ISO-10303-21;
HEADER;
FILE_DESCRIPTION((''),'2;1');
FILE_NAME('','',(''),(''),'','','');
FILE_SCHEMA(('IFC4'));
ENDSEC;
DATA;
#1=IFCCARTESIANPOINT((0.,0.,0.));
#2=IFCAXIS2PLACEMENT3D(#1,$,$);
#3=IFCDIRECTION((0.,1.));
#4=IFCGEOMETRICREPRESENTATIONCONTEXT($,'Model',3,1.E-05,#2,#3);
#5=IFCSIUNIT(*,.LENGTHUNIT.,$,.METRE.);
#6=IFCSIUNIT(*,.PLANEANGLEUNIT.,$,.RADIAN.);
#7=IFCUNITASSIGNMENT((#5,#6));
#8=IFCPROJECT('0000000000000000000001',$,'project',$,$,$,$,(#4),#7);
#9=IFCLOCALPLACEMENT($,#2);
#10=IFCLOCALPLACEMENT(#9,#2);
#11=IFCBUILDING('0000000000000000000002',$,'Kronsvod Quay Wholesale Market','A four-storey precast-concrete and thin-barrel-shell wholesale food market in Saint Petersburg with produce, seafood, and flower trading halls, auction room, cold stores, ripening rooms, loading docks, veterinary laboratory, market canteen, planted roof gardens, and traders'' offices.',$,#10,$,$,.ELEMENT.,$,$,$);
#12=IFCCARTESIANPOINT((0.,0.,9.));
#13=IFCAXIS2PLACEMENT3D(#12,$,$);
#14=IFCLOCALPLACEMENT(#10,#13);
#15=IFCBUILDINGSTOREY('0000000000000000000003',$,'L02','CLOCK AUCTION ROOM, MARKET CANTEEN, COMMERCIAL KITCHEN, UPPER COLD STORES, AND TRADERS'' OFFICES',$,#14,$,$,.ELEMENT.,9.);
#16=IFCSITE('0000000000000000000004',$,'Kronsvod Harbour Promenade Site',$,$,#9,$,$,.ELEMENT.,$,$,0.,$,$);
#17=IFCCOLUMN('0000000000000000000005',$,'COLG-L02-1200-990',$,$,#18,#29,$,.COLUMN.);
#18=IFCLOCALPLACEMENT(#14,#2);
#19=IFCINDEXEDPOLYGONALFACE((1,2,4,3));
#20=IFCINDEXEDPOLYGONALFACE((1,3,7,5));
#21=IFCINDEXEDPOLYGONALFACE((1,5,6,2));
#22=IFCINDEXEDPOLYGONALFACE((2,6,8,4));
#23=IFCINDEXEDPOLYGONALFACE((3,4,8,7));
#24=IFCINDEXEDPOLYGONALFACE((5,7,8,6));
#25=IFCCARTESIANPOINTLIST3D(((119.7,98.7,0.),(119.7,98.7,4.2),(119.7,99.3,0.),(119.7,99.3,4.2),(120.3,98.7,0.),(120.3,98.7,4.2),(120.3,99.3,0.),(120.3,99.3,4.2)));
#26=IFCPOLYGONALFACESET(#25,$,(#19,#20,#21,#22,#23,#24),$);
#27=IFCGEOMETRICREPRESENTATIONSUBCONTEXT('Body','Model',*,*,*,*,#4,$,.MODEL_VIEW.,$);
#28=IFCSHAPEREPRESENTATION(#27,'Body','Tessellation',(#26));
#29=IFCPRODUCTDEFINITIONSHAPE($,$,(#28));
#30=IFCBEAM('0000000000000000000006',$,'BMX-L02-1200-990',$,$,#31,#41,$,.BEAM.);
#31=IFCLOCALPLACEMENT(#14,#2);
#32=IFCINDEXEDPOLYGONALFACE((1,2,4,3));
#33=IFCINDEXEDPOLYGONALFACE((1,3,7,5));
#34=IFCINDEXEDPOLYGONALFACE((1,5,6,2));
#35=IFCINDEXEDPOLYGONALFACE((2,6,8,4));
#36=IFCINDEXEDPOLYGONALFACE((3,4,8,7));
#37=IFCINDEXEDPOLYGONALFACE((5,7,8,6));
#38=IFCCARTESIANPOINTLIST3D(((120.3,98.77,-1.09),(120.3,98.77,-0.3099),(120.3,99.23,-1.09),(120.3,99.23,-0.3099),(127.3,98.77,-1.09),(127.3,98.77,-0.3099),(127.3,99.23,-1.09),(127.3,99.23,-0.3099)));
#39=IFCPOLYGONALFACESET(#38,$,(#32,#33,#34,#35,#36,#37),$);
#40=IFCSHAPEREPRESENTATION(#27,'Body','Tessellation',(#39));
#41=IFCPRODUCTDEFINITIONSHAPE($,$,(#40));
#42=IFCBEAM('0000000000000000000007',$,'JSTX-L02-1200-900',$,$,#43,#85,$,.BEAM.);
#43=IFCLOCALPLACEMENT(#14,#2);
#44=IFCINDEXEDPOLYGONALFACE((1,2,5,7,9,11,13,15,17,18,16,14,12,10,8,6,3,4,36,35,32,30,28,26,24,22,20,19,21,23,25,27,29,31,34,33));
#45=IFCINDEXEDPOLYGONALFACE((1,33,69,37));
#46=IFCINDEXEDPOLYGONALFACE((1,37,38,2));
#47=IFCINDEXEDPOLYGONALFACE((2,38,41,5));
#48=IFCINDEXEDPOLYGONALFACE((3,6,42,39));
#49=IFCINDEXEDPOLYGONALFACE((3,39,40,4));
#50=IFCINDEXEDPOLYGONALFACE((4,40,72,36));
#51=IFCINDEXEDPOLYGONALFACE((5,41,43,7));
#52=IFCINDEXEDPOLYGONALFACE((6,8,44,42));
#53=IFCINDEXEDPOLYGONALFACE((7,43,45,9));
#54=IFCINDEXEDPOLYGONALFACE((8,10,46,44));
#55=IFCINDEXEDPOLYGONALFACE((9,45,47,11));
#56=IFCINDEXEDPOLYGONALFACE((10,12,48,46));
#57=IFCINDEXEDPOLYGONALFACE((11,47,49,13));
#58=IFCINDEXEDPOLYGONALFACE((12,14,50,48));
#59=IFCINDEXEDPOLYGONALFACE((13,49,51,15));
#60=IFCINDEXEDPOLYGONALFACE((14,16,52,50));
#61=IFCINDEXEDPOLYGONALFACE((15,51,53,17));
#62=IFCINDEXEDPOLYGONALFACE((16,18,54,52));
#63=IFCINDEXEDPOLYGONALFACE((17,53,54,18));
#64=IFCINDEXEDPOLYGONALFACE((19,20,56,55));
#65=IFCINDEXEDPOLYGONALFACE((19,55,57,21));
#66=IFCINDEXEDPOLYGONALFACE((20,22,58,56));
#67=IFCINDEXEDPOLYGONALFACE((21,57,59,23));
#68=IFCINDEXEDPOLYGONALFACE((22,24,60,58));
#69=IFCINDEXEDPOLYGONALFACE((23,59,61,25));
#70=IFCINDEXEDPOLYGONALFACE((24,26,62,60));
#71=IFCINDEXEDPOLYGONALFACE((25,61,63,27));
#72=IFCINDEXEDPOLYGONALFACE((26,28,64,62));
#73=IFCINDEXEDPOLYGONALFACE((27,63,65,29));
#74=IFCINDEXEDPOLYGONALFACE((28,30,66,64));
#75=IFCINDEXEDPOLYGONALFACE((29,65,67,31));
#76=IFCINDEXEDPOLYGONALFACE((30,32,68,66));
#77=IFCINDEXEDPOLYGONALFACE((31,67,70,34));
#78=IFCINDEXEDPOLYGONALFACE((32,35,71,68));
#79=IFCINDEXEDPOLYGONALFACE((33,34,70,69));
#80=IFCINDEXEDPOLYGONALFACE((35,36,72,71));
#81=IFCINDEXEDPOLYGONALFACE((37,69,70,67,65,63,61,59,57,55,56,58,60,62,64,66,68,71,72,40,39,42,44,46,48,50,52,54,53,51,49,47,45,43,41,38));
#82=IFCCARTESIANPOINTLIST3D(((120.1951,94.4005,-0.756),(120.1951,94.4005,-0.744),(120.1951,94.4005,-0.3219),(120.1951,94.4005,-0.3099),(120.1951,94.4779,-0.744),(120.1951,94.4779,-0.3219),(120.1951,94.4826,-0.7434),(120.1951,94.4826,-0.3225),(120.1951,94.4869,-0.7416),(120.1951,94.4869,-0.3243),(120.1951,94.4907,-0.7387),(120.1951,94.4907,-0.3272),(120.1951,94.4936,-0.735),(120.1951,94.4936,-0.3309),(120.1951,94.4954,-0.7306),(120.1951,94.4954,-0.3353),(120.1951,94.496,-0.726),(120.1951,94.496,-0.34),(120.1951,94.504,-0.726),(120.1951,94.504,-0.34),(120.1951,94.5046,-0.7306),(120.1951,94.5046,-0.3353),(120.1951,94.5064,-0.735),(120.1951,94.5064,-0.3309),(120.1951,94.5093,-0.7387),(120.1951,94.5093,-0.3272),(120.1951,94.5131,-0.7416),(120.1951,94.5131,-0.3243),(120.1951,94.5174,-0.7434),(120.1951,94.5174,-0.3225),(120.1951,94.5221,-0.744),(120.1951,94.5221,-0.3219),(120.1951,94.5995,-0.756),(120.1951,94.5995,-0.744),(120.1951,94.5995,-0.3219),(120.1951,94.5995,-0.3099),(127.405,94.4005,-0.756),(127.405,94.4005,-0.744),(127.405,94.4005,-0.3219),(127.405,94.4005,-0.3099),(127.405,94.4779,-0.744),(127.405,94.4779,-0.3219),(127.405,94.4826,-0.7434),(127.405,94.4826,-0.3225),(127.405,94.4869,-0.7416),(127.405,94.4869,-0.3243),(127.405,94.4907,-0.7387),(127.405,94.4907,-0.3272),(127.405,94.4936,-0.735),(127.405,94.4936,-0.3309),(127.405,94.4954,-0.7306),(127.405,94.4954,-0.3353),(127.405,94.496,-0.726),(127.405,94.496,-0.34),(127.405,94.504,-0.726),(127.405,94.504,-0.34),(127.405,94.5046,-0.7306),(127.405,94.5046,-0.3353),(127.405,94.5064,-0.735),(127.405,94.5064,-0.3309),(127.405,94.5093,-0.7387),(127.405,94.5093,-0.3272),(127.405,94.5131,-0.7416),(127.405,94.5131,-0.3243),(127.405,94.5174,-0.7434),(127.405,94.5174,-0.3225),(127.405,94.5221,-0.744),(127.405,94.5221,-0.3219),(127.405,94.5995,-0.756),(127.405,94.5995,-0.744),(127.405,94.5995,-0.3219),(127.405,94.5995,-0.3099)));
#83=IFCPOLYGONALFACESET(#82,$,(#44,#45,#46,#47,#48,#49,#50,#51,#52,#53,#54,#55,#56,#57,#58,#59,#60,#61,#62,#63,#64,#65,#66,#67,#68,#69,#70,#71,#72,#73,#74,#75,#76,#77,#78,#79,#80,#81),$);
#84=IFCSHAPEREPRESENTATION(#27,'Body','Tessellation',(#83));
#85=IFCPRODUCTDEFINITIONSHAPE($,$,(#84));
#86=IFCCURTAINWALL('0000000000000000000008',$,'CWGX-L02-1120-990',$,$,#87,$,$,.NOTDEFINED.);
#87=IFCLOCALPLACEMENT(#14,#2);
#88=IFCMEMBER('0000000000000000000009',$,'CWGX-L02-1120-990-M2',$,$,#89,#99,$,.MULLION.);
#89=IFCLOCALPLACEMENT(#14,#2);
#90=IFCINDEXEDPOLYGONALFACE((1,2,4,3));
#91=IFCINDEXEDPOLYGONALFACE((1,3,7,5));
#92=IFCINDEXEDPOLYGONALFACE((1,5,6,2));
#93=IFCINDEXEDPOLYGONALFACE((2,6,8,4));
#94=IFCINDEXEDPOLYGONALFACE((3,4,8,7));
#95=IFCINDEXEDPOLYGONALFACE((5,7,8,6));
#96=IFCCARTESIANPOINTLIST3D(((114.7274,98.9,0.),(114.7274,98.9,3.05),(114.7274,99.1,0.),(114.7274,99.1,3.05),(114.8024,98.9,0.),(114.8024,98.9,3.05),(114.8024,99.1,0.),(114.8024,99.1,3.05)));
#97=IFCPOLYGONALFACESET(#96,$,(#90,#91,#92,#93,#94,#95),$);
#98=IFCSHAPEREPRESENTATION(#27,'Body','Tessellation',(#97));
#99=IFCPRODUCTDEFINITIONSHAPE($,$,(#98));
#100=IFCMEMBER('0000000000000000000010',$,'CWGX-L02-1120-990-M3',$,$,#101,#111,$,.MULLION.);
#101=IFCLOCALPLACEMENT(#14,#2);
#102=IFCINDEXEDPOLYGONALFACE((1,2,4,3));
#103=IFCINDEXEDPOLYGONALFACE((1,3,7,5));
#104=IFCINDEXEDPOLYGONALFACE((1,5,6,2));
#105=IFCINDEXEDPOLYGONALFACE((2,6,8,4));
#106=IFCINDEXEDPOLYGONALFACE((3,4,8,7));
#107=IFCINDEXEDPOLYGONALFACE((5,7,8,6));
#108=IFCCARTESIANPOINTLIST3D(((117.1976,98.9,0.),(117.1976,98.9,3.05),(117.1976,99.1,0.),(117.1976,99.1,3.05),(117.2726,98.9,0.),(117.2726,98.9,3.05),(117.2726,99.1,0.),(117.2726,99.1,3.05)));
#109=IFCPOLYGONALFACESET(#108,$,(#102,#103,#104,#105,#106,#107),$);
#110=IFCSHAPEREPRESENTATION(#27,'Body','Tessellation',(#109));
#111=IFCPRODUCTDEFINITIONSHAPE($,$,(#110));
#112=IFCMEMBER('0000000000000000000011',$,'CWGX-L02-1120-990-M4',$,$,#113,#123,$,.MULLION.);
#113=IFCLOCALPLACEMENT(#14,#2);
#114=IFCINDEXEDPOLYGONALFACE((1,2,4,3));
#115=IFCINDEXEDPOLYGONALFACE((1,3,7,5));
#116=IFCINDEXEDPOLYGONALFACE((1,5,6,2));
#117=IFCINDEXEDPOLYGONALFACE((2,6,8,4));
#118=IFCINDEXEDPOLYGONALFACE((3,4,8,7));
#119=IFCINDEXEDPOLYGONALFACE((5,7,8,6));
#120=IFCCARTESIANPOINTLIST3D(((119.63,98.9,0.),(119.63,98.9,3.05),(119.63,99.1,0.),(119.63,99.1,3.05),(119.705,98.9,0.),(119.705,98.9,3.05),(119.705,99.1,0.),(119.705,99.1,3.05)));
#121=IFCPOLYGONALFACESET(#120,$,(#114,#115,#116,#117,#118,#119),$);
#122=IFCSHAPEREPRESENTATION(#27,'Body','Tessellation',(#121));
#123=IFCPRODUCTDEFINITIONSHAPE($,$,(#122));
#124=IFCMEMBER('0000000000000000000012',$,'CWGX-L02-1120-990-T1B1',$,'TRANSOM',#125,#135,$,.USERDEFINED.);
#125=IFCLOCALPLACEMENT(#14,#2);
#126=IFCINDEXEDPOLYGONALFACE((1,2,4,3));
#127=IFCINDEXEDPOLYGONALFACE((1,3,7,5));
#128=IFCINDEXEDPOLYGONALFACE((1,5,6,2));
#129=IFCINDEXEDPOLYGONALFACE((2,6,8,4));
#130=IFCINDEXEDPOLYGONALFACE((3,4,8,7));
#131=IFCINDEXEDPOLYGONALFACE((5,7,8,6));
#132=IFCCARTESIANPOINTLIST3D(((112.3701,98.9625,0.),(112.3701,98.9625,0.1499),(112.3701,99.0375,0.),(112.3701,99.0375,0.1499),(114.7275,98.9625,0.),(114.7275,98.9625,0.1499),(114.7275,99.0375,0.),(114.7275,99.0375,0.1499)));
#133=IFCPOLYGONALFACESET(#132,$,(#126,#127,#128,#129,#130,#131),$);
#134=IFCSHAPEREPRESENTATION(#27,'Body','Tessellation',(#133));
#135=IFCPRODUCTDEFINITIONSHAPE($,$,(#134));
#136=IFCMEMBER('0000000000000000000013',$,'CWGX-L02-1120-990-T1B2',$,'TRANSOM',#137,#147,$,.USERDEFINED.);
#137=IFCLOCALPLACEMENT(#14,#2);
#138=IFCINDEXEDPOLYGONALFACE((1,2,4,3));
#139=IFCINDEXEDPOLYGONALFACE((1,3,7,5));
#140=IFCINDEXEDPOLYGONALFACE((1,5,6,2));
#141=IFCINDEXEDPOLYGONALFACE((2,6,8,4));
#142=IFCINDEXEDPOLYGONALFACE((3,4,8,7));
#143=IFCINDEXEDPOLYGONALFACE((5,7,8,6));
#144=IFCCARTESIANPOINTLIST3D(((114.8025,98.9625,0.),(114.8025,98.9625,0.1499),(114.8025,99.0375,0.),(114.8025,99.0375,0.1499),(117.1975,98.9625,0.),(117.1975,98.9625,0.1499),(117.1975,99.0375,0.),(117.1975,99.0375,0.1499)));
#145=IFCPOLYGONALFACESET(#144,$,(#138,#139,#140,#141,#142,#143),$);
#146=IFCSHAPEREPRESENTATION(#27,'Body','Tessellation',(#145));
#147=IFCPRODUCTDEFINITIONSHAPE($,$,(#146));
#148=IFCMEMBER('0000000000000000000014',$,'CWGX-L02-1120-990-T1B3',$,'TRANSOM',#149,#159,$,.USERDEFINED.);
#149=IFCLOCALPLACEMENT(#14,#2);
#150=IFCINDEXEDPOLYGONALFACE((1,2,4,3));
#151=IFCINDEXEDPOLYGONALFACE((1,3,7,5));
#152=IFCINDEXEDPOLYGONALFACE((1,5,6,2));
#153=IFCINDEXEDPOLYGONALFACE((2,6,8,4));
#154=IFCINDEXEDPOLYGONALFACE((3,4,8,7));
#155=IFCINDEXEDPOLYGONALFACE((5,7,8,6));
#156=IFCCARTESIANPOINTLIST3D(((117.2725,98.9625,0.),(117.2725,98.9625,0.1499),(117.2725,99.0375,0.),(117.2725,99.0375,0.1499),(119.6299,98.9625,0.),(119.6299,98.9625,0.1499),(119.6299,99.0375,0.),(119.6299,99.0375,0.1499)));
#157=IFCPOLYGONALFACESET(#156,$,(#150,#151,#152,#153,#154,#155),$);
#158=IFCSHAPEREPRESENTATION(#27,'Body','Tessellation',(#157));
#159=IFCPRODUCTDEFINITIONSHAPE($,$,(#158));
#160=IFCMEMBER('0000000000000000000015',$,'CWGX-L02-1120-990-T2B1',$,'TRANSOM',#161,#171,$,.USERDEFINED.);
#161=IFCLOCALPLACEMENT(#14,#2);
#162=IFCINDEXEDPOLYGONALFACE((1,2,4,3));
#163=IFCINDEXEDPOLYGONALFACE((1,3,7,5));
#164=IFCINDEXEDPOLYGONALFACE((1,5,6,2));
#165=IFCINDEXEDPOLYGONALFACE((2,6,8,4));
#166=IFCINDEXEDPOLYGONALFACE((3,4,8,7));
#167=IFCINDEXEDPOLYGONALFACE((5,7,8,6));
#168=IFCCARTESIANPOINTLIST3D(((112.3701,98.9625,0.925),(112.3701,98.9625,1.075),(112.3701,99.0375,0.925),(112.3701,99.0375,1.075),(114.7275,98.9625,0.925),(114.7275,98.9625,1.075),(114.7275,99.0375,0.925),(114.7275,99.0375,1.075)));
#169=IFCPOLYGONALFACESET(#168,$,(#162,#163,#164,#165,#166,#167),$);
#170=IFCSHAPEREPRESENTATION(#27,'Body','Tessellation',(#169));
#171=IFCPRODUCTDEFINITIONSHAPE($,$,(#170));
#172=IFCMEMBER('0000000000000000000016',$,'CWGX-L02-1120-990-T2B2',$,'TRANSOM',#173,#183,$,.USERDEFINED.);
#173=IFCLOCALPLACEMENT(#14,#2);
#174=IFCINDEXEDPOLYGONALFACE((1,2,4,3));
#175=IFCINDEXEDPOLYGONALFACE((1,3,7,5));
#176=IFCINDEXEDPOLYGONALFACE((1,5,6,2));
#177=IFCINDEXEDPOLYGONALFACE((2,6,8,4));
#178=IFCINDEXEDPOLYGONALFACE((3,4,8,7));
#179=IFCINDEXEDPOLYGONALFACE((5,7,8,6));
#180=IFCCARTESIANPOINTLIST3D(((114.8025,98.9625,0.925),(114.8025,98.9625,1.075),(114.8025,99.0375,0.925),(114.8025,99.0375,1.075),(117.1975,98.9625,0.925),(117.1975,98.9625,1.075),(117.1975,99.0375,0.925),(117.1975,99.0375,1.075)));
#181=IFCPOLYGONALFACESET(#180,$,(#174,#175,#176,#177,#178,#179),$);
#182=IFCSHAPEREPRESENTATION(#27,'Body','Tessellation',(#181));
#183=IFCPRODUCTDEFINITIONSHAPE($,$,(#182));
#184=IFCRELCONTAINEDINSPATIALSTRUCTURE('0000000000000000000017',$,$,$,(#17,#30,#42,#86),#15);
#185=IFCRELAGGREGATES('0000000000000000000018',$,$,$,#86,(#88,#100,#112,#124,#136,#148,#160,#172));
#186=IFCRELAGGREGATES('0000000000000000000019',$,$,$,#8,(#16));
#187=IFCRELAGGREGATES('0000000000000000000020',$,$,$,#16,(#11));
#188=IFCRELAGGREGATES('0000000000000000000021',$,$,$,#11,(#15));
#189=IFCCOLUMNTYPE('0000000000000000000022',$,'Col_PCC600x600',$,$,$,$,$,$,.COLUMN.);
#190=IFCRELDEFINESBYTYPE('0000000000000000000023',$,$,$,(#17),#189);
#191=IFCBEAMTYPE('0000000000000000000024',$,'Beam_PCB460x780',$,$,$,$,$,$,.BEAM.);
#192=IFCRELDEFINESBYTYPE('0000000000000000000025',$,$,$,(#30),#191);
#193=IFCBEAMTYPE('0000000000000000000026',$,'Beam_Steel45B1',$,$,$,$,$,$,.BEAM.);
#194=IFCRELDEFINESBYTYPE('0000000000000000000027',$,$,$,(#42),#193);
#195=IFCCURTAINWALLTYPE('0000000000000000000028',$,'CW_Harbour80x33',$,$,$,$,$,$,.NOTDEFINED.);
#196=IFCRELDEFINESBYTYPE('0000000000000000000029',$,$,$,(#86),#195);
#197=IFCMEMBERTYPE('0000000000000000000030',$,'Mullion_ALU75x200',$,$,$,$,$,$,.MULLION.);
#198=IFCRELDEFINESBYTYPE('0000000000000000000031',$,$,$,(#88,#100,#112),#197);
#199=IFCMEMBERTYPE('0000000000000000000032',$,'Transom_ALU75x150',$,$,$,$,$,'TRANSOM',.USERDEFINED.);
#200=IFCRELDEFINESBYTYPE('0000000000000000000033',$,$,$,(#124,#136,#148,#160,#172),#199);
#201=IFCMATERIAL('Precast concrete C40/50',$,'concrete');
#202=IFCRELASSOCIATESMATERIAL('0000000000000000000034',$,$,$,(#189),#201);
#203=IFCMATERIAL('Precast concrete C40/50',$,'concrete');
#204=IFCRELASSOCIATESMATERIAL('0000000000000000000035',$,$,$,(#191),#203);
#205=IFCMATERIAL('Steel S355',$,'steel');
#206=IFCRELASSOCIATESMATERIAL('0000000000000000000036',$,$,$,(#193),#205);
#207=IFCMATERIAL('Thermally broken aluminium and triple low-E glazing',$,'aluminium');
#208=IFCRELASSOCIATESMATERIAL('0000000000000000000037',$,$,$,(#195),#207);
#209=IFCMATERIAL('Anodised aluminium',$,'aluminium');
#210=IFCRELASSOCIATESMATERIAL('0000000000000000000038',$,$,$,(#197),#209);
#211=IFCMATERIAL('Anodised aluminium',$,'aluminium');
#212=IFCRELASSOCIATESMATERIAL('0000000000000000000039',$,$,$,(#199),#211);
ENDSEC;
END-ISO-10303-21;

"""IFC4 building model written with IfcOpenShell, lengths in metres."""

from ifc_helpers import new_model, si_unit, direction, frame, origin, origin_2d, place, context, subcontext, project, spatial, rectangle, i_section, extrude, material, material_profile, profile_set, type_object, element, aggregate, save


model = new_model("IFC4")

# Units and contexts
model_context = context("Model", 3, precision=1e-05, world=origin(), true_north=direction((0.0, 1.0)))
body_context = subcontext(model_context, "Body", "Model", "MODEL_VIEW")
ifc_project = project(units=[si_unit("LENGTHUNIT", "METRE"), si_unit("PLANEANGLEUNIT", "RADIAN")], contexts=[model_context])

# Site, building, storey
site_placement = place(None, origin())
site = spatial("IfcSite", under=ifc_project, at=site_placement, Name="Kronsvod Harbour Promenade Site", CompositionType="ELEMENT", RefElevation=0.0)
building_placement = place(site_placement, origin())
building = spatial("IfcBuilding", under=site, at=building_placement, Name="Kronsvod Quay Wholesale Market", Description="A four-storey precast-concrete and thin-barrel-shell wholesale food market in Saint Petersburg with produce, seafood, and flower trading halls, auction room, cold stores, ripening rooms, loading docks, veterinary laboratory, market canteen, planted roof gardens, and traders' offices.", CompositionType="ELEMENT")
storey_placement = place(building_placement, frame((0.0, 0.0, 9.0)))
storey = spatial("IfcBuildingStorey", under=building, at=storey_placement, Name="L02", Description="CLOCK AUCTION ROOM, MARKET CANTEEN, COMMERCIAL KITCHEN, UPPER COLD STORES, AND TRADERS' OFFICES", CompositionType="ELEMENT", Elevation=9.0)

# Column
ifc_material_1 = material(Name="Precast concrete C40/50", Category="concrete")
ifc_material_profile_1 = material_profile(ifc_material_1, rectangle(XDim=0.6001, YDim=0.6001, at=origin_2d()), Name="PCC600x600")
ifc_profile_set_1 = profile_set([ifc_material_profile_1], Name="Precast concrete C40/50")
column_type = type_object("IfcColumnType", Name="Col_PCC600x600", PredefinedType="COLUMN", material=ifc_profile_set_1)
column_placement = place(storey_placement, frame((120.0, 99.0, 0.0), z_axis=(0.0, 0.0, 1.0), x_axis=(1.0, 0.0, 0.0)))
element("IfcColumn", 1, at=column_placement, inside=storey, type_object=column_type, Name="COLG-L02-1200-990", PredefinedType="COLUMN", context=body_context, shape_type="SweptSolid", body=[
    extrude(rectangle(XDim=0.6001, YDim=0.6001, at=origin_2d()), origin(), (0.0, 0.0, 1.0), 4.2),
])

# Beams
ifc_material_2 = material(Name="Precast concrete C40/50", Category="concrete")
ifc_material_profile_2 = material_profile(ifc_material_2, rectangle(XDim=0.46, YDim=0.78, at=origin_2d()), Name="PB-03")
ifc_profile_set_2 = profile_set([ifc_material_profile_2], Name="Precast concrete C40/50")
beam_type_1 = type_object("IfcBeamType", Name="Beam_PCB460x780", PredefinedType="BEAM", material=ifc_profile_set_2)
beam_1_placement = place(storey_placement, frame((120.3, 99.0, -0.7), z_axis=(1.0, 0.0, 0.0), x_axis=(0.0, 1.0, 0.0)))
element("IfcBeam", 2, at=beam_1_placement, inside=storey, type_object=beam_type_1, Name="BMX-L02-1200-990", PredefinedType="BEAM", context=body_context, shape_type="SweptSolid", body=[
    extrude(rectangle(XDim=0.46, YDim=0.78, at=origin_2d()), origin(), (0.0, 0.0, 1.0), 7.0),
])
ifc_material_3 = material(Name="Steel S355", Category="steel")
ifc_material_profile_3 = material_profile(ifc_material_3, i_section(OverallWidth=0.199, OverallDepth=0.446, WebThickness=0.0081, FlangeThickness=0.012, FilletRadius=0.0181, at=origin_2d()), Name="45B1")
ifc_profile_set_3 = profile_set([ifc_material_profile_3], Name="Steel S355")
beam_type_2 = type_object("IfcBeamType", Name="Beam_Steel45B1", PredefinedType="BEAM", material=ifc_profile_set_3)
beam_2_placement = place(storey_placement, frame((120.1951, 94.5, -0.533), z_axis=(1.0, 0.0, 0.0), x_axis=(0.0, 1.0, 0.0)))
element("IfcBeam", 3, at=beam_2_placement, inside=storey, type_object=beam_type_2, Name="JSTX-L02-1200-900", PredefinedType="BEAM", context=body_context, shape_type="SweptSolid", body=[
    extrude(i_section(OverallWidth=0.199, OverallDepth=0.446, WebThickness=0.0081, FlangeThickness=0.012, FilletRadius=0.0181, at=origin_2d()), origin(), (0.0, 0.0, 1.0), 7.21),
])

# Curtain wall, members
ifc_material_4 = material(Name="Thermally broken aluminium and triple low-E glazing", Category="aluminium")
curtain_wall_type = type_object("IfcCurtainWallType", Name="CW_Harbour80x33", PredefinedType="NOTDEFINED", material=ifc_material_4)
curtain_wall_placement = place(storey_placement, origin())
curtain_wall = element("IfcCurtainWall", 4, at=curtain_wall_placement, inside=storey, type_object=curtain_wall_type, Name="CWGX-L02-1120-990", PredefinedType="NOTDEFINED")
ifc_material_5 = material(Name="Anodised aluminium", Category="aluminium")
ifc_material_profile_4 = material_profile(ifc_material_5, rectangle(XDim=0.075, YDim=0.2, at=origin_2d()), Name="ALUM75x200")
ifc_profile_set_4 = profile_set([ifc_material_profile_4], Name="Anodised aluminium")
member_type_1 = type_object("IfcMemberType", Name="Mullion_ALU75x200", PredefinedType="MULLION", material=ifc_profile_set_4)
member_1_placement = place(storey_placement, frame((114.7649, 99.0, 0.0), z_axis=(0.0, 0.0, 1.0), x_axis=(1.0, 0.0, 0.0)))
member_1 = element("IfcMember", 5, at=member_1_placement, type_object=member_type_1, Name="CWGX-L02-1120-990-M2", PredefinedType="MULLION", context=body_context, shape_type="SweptSolid", body=[
    extrude(rectangle(XDim=0.075, YDim=0.2, at=origin_2d()), origin(), (0.0, 0.0, 1.0), 3.05),
])
member_2_placement = place(storey_placement, frame((117.2351, 99.0, 0.0), z_axis=(0.0, 0.0, 1.0), x_axis=(1.0, 0.0, 0.0)))
member_2 = element("IfcMember", 6, at=member_2_placement, type_object=member_type_1, Name="CWGX-L02-1120-990-M3", PredefinedType="MULLION", context=body_context, shape_type="SweptSolid", body=[
    extrude(rectangle(XDim=0.075, YDim=0.2, at=origin_2d()), origin(), (0.0, 0.0, 1.0), 3.05),
])
member_3_placement = place(storey_placement, frame((119.6675, 99.0, 0.0), z_axis=(0.0, 0.0, 1.0), x_axis=(1.0, 0.0, 0.0)))
member_3 = element("IfcMember", 7, at=member_3_placement, type_object=member_type_1, Name="CWGX-L02-1120-990-M4", PredefinedType="MULLION", context=body_context, shape_type="SweptSolid", body=[
    extrude(rectangle(XDim=0.075, YDim=0.2, at=origin_2d()), origin(), (0.0, 0.0, 1.0), 3.05),
])
ifc_material_6 = material(Name="Anodised aluminium", Category="aluminium")
ifc_material_profile_5 = material_profile(ifc_material_6, rectangle(XDim=0.075, YDim=0.1499, at=origin_2d()), Name="ALUT75x150")
ifc_profile_set_5 = profile_set([ifc_material_profile_5], Name="Anodised aluminium")
member_type_2 = type_object("IfcMemberType", Name="Transom_ALU75x150", ElementType="TRANSOM", PredefinedType="USERDEFINED", material=ifc_profile_set_5)
member_4_placement = place(storey_placement, frame((112.3701, 99.0, 0.075), z_axis=(1.0, 0.0, 0.0), x_axis=(0.0, 1.0, 0.0)))
member_4 = element("IfcMember", 8, at=member_4_placement, type_object=member_type_2, Name="CWGX-L02-1120-990-T1B1", ObjectType="TRANSOM", PredefinedType="USERDEFINED", context=body_context, shape_type="SweptSolid", body=[
    extrude(rectangle(XDim=0.075, YDim=0.1499, at=origin_2d()), origin(), (0.0, 0.0, 1.0), 2.3574),
])
member_5_placement = place(storey_placement, frame((114.8025, 99.0, 0.075), z_axis=(1.0, 0.0, 0.0), x_axis=(0.0, 1.0, 0.0)))
member_5 = element("IfcMember", 9, at=member_5_placement, type_object=member_type_2, Name="CWGX-L02-1120-990-T1B2", ObjectType="TRANSOM", PredefinedType="USERDEFINED", context=body_context, shape_type="SweptSolid", body=[
    extrude(rectangle(XDim=0.075, YDim=0.1499, at=origin_2d()), origin(), (0.0, 0.0, 1.0), 2.395),
])
member_6_placement = place(storey_placement, frame((117.2725, 99.0, 0.075), z_axis=(1.0, 0.0, 0.0), x_axis=(0.0, 1.0, 0.0)))
member_6 = element("IfcMember", 10, at=member_6_placement, type_object=member_type_2, Name="CWGX-L02-1120-990-T1B3", ObjectType="TRANSOM", PredefinedType="USERDEFINED", context=body_context, shape_type="SweptSolid", body=[
    extrude(rectangle(XDim=0.075, YDim=0.1499, at=origin_2d()), origin(), (0.0, 0.0, 1.0), 2.3574),
])
member_7_placement = place(storey_placement, frame((112.3701, 99.0, 1.0), z_axis=(1.0, 0.0, 0.0), x_axis=(0.0, 1.0, 0.0)))
member_7 = element("IfcMember", 11, at=member_7_placement, type_object=member_type_2, Name="CWGX-L02-1120-990-T2B1", ObjectType="TRANSOM", PredefinedType="USERDEFINED", context=body_context, shape_type="SweptSolid", body=[
    extrude(rectangle(XDim=0.075, YDim=0.1499, at=origin_2d()), origin(), (0.0, 0.0, 1.0), 2.3574),
])
member_8_placement = place(storey_placement, frame((114.8025, 99.0, 1.0), z_axis=(1.0, 0.0, 0.0), x_axis=(0.0, 1.0, 0.0)))
member_8 = element("IfcMember", 12, at=member_8_placement, type_object=member_type_2, Name="CWGX-L02-1120-990-T2B2", ObjectType="TRANSOM", PredefinedType="USERDEFINED", context=body_context, shape_type="SweptSolid", body=[
    extrude(rectangle(XDim=0.075, YDim=0.1499, at=origin_2d()), origin(), (0.0, 0.0, 1.0), 2.395),
])
aggregate(curtain_wall, [member_1, member_2, member_3, member_4, member_5, member_6, member_7, member_8])

save(model, "model.ifc")
